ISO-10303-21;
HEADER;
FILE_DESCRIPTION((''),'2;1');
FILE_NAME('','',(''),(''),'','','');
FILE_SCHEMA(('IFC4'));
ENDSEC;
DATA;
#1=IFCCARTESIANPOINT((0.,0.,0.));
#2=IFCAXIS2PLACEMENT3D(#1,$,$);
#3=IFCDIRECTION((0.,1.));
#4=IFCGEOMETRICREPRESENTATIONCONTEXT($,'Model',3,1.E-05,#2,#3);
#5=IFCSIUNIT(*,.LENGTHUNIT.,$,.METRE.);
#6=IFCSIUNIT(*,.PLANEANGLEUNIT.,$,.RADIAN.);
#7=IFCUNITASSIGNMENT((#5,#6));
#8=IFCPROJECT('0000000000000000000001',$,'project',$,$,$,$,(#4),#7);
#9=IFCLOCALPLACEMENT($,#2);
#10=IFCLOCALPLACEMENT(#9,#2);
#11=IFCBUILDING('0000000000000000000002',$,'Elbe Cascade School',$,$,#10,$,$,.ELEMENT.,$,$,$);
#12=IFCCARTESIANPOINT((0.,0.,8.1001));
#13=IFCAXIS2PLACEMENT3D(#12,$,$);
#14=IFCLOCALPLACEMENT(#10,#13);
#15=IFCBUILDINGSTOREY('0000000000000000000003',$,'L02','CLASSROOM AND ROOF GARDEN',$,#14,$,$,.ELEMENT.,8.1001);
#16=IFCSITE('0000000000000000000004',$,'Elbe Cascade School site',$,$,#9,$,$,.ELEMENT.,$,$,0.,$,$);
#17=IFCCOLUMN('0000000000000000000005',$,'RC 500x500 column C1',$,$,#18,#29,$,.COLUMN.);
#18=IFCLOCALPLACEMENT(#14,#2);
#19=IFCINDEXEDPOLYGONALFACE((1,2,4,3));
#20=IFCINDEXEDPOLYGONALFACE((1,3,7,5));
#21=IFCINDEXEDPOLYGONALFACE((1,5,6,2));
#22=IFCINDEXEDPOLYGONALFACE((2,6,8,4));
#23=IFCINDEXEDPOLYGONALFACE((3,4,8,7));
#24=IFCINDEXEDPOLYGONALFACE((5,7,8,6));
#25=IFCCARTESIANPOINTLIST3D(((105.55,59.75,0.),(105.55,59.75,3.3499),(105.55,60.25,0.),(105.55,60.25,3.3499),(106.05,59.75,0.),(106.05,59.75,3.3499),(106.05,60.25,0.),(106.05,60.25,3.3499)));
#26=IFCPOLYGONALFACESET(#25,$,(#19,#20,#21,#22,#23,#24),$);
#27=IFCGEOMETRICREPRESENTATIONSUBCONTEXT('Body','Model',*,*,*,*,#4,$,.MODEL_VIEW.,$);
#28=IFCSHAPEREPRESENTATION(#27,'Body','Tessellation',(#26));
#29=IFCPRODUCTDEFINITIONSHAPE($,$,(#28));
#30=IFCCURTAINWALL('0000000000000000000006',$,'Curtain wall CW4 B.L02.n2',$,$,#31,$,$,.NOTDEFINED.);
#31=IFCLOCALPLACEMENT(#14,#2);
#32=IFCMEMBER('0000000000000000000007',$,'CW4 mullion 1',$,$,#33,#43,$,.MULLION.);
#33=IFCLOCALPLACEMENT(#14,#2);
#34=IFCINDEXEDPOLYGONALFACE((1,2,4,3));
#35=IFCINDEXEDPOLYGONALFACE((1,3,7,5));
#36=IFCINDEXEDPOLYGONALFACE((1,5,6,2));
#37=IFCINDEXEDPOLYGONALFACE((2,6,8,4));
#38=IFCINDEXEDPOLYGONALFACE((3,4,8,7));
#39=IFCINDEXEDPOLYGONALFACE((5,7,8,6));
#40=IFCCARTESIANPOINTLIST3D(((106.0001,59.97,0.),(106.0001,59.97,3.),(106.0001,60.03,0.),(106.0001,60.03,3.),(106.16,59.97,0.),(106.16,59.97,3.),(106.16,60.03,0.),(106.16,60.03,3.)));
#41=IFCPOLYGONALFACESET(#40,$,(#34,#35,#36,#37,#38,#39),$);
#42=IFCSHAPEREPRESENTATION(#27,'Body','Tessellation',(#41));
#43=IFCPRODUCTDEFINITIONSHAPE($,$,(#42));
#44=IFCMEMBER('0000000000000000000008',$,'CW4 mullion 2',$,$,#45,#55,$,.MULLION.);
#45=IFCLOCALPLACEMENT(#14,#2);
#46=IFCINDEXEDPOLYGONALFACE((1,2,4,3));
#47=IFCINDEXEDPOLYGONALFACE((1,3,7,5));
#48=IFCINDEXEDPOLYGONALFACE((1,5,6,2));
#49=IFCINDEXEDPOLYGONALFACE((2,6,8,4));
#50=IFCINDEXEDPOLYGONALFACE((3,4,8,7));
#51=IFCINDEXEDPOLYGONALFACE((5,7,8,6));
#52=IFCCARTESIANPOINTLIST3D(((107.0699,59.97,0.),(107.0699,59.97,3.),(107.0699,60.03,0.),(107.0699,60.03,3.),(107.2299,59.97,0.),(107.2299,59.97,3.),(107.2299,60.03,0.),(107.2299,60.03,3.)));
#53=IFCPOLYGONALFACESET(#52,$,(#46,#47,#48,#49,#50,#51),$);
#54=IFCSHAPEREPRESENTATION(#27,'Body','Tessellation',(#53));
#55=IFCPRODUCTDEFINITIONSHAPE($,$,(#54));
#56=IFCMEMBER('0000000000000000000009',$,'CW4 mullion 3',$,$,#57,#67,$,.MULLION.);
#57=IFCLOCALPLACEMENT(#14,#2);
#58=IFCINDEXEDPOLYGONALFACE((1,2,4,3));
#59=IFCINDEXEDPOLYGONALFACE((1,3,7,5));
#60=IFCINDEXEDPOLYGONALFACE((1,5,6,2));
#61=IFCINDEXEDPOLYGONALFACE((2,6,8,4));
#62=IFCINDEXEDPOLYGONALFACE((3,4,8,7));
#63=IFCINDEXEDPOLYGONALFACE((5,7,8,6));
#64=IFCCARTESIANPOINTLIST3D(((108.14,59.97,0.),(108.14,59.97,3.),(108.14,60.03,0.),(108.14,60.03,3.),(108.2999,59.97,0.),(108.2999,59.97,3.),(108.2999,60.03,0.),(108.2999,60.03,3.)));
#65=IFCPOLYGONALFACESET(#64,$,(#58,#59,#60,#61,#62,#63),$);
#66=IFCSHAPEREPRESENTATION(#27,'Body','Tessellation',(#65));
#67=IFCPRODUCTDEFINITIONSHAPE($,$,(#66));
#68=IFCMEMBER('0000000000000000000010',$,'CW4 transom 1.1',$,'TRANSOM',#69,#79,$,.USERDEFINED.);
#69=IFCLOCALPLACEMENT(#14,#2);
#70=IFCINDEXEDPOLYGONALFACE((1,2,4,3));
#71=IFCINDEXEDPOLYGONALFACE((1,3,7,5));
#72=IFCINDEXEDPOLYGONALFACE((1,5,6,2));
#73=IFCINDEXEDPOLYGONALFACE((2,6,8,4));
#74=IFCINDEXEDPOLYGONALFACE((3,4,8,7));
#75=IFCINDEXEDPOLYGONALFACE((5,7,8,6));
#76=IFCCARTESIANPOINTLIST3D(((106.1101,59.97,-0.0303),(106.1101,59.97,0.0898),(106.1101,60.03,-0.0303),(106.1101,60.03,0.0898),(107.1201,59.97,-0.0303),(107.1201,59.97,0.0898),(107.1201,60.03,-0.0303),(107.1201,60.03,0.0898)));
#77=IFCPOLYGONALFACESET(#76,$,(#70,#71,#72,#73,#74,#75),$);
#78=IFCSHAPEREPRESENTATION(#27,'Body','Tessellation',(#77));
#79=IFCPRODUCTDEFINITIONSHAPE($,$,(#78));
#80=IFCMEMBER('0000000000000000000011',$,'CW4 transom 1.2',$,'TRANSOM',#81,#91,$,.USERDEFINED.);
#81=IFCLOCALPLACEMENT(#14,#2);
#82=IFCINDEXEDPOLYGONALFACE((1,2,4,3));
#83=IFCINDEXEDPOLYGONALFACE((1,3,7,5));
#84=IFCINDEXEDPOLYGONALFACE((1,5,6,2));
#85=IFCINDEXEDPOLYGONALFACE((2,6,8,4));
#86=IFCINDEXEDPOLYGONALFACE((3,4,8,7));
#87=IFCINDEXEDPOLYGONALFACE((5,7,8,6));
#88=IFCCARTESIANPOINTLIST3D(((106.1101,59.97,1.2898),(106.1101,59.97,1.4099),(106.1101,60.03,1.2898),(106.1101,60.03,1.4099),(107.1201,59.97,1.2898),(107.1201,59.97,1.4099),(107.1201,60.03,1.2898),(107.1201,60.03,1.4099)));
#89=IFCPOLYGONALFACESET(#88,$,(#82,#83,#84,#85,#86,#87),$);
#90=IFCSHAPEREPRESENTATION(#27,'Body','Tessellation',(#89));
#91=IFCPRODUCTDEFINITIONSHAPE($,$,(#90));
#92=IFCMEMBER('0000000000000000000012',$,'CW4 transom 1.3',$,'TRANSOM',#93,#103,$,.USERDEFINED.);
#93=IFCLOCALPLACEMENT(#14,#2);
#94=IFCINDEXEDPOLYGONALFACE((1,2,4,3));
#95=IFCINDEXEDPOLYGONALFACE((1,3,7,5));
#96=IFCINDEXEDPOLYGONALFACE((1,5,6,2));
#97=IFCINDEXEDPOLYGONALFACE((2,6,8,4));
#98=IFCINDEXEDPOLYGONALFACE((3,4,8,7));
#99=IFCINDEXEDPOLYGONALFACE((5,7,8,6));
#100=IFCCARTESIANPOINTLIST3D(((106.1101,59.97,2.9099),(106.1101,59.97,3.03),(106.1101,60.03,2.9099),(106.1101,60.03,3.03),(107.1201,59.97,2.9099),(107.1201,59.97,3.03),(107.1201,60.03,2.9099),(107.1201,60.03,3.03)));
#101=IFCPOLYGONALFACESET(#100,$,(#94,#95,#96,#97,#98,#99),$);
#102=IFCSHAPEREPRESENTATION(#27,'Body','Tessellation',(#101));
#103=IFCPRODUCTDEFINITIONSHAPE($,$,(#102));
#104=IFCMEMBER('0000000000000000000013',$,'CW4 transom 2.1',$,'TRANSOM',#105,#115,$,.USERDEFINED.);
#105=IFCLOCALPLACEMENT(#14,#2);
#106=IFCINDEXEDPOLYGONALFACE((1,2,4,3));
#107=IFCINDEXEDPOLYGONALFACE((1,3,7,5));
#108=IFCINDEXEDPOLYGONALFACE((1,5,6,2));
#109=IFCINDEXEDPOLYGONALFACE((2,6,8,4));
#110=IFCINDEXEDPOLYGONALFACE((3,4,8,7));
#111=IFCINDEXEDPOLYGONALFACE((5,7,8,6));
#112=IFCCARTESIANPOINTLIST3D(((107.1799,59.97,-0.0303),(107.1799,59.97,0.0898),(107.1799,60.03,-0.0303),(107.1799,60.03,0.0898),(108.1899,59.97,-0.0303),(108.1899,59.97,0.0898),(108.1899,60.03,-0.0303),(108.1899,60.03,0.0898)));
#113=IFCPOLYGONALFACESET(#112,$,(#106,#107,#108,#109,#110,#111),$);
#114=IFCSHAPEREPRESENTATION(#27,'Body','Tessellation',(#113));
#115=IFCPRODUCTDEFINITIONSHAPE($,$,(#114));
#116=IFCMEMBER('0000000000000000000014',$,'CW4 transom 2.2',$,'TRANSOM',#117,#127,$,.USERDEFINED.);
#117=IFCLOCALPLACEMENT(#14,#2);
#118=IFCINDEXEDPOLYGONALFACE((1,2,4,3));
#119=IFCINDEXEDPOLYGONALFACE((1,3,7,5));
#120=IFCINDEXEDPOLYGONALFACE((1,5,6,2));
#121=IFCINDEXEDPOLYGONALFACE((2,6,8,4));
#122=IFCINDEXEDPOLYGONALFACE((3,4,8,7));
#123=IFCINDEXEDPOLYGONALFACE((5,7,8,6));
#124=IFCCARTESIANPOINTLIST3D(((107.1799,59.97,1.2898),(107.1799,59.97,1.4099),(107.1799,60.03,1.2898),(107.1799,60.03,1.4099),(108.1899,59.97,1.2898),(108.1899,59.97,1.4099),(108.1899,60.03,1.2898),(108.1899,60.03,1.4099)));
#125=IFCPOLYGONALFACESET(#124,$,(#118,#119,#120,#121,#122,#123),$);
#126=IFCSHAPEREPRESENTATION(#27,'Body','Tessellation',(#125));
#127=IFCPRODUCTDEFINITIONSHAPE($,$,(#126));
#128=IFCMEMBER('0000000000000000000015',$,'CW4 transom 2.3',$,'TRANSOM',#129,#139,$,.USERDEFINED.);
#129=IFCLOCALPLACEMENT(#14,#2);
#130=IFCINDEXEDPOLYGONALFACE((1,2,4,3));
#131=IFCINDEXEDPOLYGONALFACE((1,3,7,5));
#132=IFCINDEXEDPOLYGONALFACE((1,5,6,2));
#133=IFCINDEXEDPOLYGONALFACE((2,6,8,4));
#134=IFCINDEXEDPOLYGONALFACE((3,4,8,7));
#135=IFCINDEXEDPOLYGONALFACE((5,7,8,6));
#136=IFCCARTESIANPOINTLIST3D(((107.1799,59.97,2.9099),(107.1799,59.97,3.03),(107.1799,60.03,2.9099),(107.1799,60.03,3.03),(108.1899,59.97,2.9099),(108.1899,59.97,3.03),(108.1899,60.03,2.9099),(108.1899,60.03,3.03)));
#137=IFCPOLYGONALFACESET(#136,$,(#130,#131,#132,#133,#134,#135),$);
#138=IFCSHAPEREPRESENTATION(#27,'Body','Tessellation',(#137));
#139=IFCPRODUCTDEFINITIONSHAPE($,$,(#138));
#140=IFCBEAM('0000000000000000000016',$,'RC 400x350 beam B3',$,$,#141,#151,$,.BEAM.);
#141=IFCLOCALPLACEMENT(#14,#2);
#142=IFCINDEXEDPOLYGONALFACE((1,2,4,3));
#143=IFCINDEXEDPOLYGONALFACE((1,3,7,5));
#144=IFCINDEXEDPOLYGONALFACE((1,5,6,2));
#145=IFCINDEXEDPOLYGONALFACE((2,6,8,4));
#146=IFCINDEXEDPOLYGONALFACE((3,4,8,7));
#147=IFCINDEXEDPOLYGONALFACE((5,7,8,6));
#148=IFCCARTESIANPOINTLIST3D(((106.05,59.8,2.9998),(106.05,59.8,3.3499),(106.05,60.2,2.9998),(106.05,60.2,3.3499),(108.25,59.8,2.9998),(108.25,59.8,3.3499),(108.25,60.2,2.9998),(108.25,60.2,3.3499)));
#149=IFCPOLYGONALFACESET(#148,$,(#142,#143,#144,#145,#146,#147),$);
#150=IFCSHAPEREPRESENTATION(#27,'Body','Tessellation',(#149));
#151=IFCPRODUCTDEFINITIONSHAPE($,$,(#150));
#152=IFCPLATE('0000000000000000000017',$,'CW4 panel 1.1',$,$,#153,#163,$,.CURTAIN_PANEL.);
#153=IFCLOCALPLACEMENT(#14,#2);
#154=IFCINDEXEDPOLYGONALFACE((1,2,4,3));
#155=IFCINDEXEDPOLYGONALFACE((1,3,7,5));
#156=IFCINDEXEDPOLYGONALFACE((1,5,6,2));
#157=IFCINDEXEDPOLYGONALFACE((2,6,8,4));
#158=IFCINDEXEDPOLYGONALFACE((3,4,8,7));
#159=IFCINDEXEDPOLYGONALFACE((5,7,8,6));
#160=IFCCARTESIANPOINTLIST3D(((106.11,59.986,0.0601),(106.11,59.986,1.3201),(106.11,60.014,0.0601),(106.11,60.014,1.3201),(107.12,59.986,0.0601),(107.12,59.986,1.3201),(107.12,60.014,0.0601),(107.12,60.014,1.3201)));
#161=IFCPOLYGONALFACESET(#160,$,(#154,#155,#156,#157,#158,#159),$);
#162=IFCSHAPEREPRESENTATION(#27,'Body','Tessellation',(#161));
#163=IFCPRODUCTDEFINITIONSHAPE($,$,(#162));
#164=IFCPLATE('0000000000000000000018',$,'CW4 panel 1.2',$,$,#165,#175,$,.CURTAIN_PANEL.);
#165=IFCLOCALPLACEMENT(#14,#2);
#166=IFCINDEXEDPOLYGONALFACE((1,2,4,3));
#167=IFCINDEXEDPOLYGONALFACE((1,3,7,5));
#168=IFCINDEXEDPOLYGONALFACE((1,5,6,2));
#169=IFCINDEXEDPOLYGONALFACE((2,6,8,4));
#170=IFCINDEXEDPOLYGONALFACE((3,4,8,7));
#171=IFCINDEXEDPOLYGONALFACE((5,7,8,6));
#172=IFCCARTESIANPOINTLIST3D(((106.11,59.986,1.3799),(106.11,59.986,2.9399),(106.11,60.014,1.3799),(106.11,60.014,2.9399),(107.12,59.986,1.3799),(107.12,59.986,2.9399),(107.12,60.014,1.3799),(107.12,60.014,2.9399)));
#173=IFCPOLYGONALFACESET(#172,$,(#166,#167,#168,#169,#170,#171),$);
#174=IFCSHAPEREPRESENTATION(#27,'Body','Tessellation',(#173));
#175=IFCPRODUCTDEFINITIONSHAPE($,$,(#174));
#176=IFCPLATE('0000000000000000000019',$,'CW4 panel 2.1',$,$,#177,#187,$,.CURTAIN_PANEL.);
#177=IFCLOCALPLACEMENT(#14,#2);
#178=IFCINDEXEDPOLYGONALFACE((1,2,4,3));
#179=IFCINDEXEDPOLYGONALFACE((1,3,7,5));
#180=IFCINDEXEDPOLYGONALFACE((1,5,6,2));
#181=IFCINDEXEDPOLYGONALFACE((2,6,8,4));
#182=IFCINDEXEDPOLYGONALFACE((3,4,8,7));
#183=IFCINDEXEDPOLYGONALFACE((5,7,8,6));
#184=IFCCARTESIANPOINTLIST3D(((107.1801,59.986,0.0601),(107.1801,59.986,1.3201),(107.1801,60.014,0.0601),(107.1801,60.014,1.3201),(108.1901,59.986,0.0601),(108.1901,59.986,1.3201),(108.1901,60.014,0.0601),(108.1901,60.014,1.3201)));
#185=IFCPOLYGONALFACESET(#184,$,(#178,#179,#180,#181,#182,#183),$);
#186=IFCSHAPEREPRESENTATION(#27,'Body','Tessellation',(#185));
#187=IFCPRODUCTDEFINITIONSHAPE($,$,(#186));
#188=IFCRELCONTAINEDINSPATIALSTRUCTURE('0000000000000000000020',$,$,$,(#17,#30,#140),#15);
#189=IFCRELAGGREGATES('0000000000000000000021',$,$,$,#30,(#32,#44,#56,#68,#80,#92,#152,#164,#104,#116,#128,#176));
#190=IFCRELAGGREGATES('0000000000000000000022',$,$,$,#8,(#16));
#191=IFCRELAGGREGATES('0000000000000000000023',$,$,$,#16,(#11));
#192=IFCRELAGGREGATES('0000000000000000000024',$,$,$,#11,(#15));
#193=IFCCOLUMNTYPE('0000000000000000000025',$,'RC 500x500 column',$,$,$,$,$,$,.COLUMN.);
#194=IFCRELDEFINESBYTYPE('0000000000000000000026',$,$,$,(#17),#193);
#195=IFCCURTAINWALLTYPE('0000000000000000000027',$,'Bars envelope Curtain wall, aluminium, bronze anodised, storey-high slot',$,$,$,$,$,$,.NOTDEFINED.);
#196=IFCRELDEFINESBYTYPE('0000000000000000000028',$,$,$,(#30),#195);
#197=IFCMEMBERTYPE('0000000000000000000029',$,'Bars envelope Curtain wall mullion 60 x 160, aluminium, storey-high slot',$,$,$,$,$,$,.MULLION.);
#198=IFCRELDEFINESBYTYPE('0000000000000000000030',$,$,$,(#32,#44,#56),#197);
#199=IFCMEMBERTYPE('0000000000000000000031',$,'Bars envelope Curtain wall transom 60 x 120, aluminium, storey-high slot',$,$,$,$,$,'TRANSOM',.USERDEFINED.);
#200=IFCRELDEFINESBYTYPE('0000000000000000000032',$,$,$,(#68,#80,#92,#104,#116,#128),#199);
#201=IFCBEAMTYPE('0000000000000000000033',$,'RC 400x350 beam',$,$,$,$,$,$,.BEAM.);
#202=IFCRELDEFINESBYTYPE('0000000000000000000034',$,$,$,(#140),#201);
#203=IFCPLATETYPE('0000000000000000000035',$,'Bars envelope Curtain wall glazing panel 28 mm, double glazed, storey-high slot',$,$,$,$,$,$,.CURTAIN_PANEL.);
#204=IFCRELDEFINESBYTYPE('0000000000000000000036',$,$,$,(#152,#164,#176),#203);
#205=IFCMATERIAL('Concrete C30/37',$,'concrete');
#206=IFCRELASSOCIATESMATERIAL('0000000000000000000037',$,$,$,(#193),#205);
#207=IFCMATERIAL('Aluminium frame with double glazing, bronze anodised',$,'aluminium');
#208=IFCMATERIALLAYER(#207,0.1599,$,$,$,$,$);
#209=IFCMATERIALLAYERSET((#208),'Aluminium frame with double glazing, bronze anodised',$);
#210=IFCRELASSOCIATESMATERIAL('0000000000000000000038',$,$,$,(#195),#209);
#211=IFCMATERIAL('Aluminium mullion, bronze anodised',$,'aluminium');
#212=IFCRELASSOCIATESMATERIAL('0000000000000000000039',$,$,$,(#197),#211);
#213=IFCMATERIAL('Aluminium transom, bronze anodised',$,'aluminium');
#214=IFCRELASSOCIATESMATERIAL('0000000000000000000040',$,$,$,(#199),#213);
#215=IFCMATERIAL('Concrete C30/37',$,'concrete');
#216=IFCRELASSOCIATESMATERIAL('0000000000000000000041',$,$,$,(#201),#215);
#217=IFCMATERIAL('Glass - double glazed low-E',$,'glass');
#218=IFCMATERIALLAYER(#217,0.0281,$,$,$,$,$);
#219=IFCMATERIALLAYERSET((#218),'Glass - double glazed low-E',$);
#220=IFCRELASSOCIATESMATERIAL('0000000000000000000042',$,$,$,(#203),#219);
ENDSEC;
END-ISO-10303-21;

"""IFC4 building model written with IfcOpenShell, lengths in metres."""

from ifc_helpers import new_model, si_unit, direction, frame, origin, origin_2d, place, context, subcontext, project, spatial, rectangle, extrude, material, layer, layer_set, material_profile, profile_set, type_object, element, aggregate, save


model = new_model("IFC4")

# Units and contexts
model_context = context("Model", 3, precision=1e-05, world=origin(), true_north=direction((0.0, 1.0)))
body_context = subcontext(model_context, "Body", "Model", "MODEL_VIEW")
ifc_project = project(units=[si_unit("LENGTHUNIT", "METRE"), si_unit("PLANEANGLEUNIT", "RADIAN")], contexts=[model_context])

# Site, building, storey
site_placement = place(None, origin())
site = spatial("IfcSite", under=ifc_project, at=site_placement, Name="Elbe Cascade School site", CompositionType="ELEMENT", RefElevation=0.0)
building_placement = place(site_placement, origin())
building = spatial("IfcBuilding", under=site, at=building_placement, Name="Elbe Cascade School", CompositionType="ELEMENT")
storey_placement = place(building_placement, frame((0.0, 0.0, 8.1001)))
storey = spatial("IfcBuildingStorey", under=building, at=storey_placement, Name="L02", Description="CLASSROOM AND ROOF GARDEN", CompositionType="ELEMENT", Elevation=8.1001)

# Column
ifc_material_1 = material(Name="Concrete C30/37", Category="concrete")
ifc_material_profile_1 = material_profile(ifc_material_1, rectangle(XDim=0.5, YDim=0.5, at=origin_2d()), Name="RC 500x500")
ifc_profile_set_1 = profile_set([ifc_material_profile_1], Name="Concrete C30/37")
column_type = type_object("IfcColumnType", Name="RC 500x500 column", PredefinedType="COLUMN", material=ifc_profile_set_1)
column_placement = place(storey_placement, frame((105.8, 60.0, 0.0), z_axis=(0.0, 0.0, 1.0), x_axis=(1.0, 0.0, 0.0)))
element("IfcColumn", 1, at=column_placement, inside=storey, type_object=column_type, Name="RC 500x500 column C1", PredefinedType="COLUMN", context=body_context, shape_type="SweptSolid", body=[
    extrude(rectangle(XDim=0.5, YDim=0.5, at=origin_2d()), origin(), (0.0, 0.0, 1.0), 3.3499),
])

# Curtain wall, members
ifc_material_2 = material(Name="Aluminium frame with double glazing, bronze anodised", Category="aluminium")
ifc_layer_1 = layer(ifc_material_2, 0.1599)
ifc_layer_set_1 = layer_set([ifc_layer_1], Name="Aluminium frame with double glazing, bronze anodised")
curtain_wall_type = type_object("IfcCurtainWallType", Name="Bars envelope Curtain wall, aluminium, bronze anodised, storey-high slot", PredefinedType="NOTDEFINED", material=ifc_layer_set_1)
curtain_wall_placement = place(storey_placement, origin())
curtain_wall = element("IfcCurtainWall", 2, at=curtain_wall_placement, inside=storey, type_object=curtain_wall_type, Name="Curtain wall CW4 B.L02.n2", PredefinedType="NOTDEFINED")
ifc_material_3 = material(Name="Aluminium mullion, bronze anodised", Category="aluminium")
ifc_material_profile_2 = material_profile(ifc_material_3, rectangle(XDim=0.0601, YDim=0.1599, at=origin_2d()), Name="Bars envelope Curtain wall mullion 60 x 160, aluminium, storey-high slot")
ifc_profile_set_2 = profile_set([ifc_material_profile_2], Name="Aluminium mullion, bronze anodised")
member_type_1 = type_object("IfcMemberType", Name="Bars envelope Curtain wall mullion 60 x 160, aluminium, storey-high slot", PredefinedType="MULLION", material=ifc_profile_set_2)
member_1_placement = place(storey_placement, frame((106.0801, 60.0, 0.0), z_axis=(0.0, 0.0, 1.0), x_axis=(0.0, 1.0, 0.0)))
member_1 = element("IfcMember", 3, at=member_1_placement, type_object=member_type_1, Name="CW4 mullion 1", PredefinedType="MULLION", context=body_context, shape_type="SweptSolid", body=[
    extrude(rectangle(XDim=0.0601, YDim=0.1599, at=origin_2d()), origin(), (0.0, 0.0, 1.0), 3.0),
])
member_2_placement = place(storey_placement, frame((107.1499, 60.0, 0.0), z_axis=(0.0, 0.0, 1.0), x_axis=(0.0, 1.0, 0.0)))
member_2 = element("IfcMember", 4, at=member_2_placement, type_object=member_type_1, Name="CW4 mullion 2", PredefinedType="MULLION", context=body_context, shape_type="SweptSolid", body=[
    extrude(rectangle(XDim=0.0601, YDim=0.1599, at=origin_2d()), origin(), (0.0, 0.0, 1.0), 3.0),
])
member_3_placement = place(storey_placement, frame((108.22, 60.0, 0.0), z_axis=(0.0, 0.0, 1.0), x_axis=(0.0, 1.0, 0.0)))
member_3 = element("IfcMember", 5, at=member_3_placement, type_object=member_type_1, Name="CW4 mullion 3", PredefinedType="MULLION", context=body_context, shape_type="SweptSolid", body=[
    extrude(rectangle(XDim=0.0601, YDim=0.1599, at=origin_2d()), origin(), (0.0, 0.0, 1.0), 3.0),
])
ifc_material_4 = material(Name="Aluminium transom, bronze anodised", Category="aluminium")
ifc_material_profile_3 = material_profile(ifc_material_4, rectangle(XDim=0.0601, YDim=0.1201, at=origin_2d()), Name="Bars envelope Curtain wall transom 60 x 120, aluminium, storey-high slot")
ifc_profile_set_3 = profile_set([ifc_material_profile_3], Name="Aluminium transom, bronze anodised")
member_type_2 = type_object("IfcMemberType", Name="Bars envelope Curtain wall transom 60 x 120, aluminium, storey-high slot", ElementType="TRANSOM", PredefinedType="USERDEFINED", material=ifc_profile_set_3)
member_4_placement = place(storey_placement, frame((106.1101, 60.0, 0.0298), z_axis=(1.0, 0.0, 0.0), x_axis=(0.0, 1.0, 0.0)))
member_4 = element("IfcMember", 6, at=member_4_placement, type_object=member_type_2, Name="CW4 transom 1.1", ObjectType="TRANSOM", PredefinedType="USERDEFINED", context=body_context, shape_type="SweptSolid", body=[
    extrude(rectangle(XDim=0.0601, YDim=0.1201, at=origin_2d()), origin(), (0.0, 0.0, 1.0), 1.01),
])
member_5_placement = place(storey_placement, frame((106.1101, 60.0, 1.3499), z_axis=(1.0, 0.0, 0.0), x_axis=(0.0, 1.0, 0.0)))
member_5 = element("IfcMember", 7, at=member_5_placement, type_object=member_type_2, Name="CW4 transom 1.2", ObjectType="TRANSOM", PredefinedType="USERDEFINED", context=body_context, shape_type="SweptSolid", body=[
    extrude(rectangle(XDim=0.0601, YDim=0.1201, at=origin_2d()), origin(), (0.0, 0.0, 1.0), 1.01),
])
member_6_placement = place(storey_placement, frame((106.1101, 60.0, 2.97), z_axis=(1.0, 0.0, 0.0), x_axis=(0.0, 1.0, 0.0)))
member_6 = element("IfcMember", 8, at=member_6_placement, type_object=member_type_2, Name="CW4 transom 1.3", ObjectType="TRANSOM", PredefinedType="USERDEFINED", context=body_context, shape_type="SweptSolid", body=[
    extrude(rectangle(XDim=0.0601, YDim=0.1201, at=origin_2d()), origin(), (0.0, 0.0, 1.0), 1.01),
])
member_7_placement = place(storey_placement, frame((107.1799, 60.0, 0.0298), z_axis=(1.0, 0.0, 0.0), x_axis=(0.0, 1.0, 0.0)))
member_7 = element("IfcMember", 9, at=member_7_placement, type_object=member_type_2, Name="CW4 transom 2.1", ObjectType="TRANSOM", PredefinedType="USERDEFINED", context=body_context, shape_type="SweptSolid", body=[
    extrude(rectangle(XDim=0.0601, YDim=0.1201, at=origin_2d()), origin(), (0.0, 0.0, 1.0), 1.01),
])
member_8_placement = place(storey_placement, frame((107.1799, 60.0, 1.3499), z_axis=(1.0, 0.0, 0.0), x_axis=(0.0, 1.0, 0.0)))
member_8 = element("IfcMember", 10, at=member_8_placement, type_object=member_type_2, Name="CW4 transom 2.2", ObjectType="TRANSOM", PredefinedType="USERDEFINED", context=body_context, shape_type="SweptSolid", body=[
    extrude(rectangle(XDim=0.0601, YDim=0.1201, at=origin_2d()), origin(), (0.0, 0.0, 1.0), 1.01),
])
member_9_placement = place(storey_placement, frame((107.1799, 60.0, 2.97), z_axis=(1.0, 0.0, 0.0), x_axis=(0.0, 1.0, 0.0)))
member_9 = element("IfcMember", 11, at=member_9_placement, type_object=member_type_2, Name="CW4 transom 2.3", ObjectType="TRANSOM", PredefinedType="USERDEFINED", context=body_context, shape_type="SweptSolid", body=[
    extrude(rectangle(XDim=0.0601, YDim=0.1201, at=origin_2d()), origin(), (0.0, 0.0, 1.0), 1.01),
])

# Beam
ifc_material_5 = material(Name="Concrete C30/37", Category="concrete")
ifc_material_profile_4 = material_profile(ifc_material_5, rectangle(XDim=0.3999, YDim=0.3501, at=origin_2d()), Name="RC 400x350")
ifc_profile_set_4 = profile_set([ifc_material_profile_4], Name="Concrete C30/37")
beam_type = type_object("IfcBeamType", Name="RC 400x350 beam", PredefinedType="BEAM", material=ifc_profile_set_4)
beam_placement = place(storey_placement, frame((106.05, 60.0, 3.1748), z_axis=(1.0, 0.0, 0.0), x_axis=(0.0, 1.0, 0.0)))
element("IfcBeam", 12, at=beam_placement, inside=storey, type_object=beam_type, Name="RC 400x350 beam B3", PredefinedType="BEAM", context=body_context, shape_type="SweptSolid", body=[
    extrude(rectangle(XDim=0.3999, YDim=0.3501, at=origin_2d()), origin(), (0.0, 0.0, 1.0), 2.2),
])

# Plates
ifc_material_6 = material(Name="Glass - double glazed low-E", Category="glass")
ifc_layer_2 = layer(ifc_material_6, 0.0281)
ifc_layer_set_2 = layer_set([ifc_layer_2], Name="Glass - double glazed low-E")
plate_type = type_object("IfcPlateType", Name="Bars envelope Curtain wall glazing panel 28 mm, double glazed, storey-high slot", PredefinedType="CURTAIN_PANEL", material=ifc_layer_set_2)
plate_1_placement = place(storey_placement, frame((106.615, 60.0, 0.0601), z_axis=(0.0, 0.0, 1.0), x_axis=(1.0, 0.0, 0.0)))
plate_1 = element("IfcPlate", 13, at=plate_1_placement, type_object=plate_type, Name="CW4 panel 1.1", PredefinedType="CURTAIN_PANEL", context=body_context, shape_type="SweptSolid", body=[
    extrude(rectangle(XDim=1.01, YDim=0.0281, at=origin_2d()), origin(), (0.0, 0.0, 1.0), 1.26),
])
plate_2_placement = place(storey_placement, frame((106.615, 60.0, 1.3799), z_axis=(0.0, 0.0, 1.0), x_axis=(1.0, 0.0, 0.0)))
plate_2 = element("IfcPlate", 14, at=plate_2_placement, type_object=plate_type, Name="CW4 panel 1.2", PredefinedType="CURTAIN_PANEL", context=body_context, shape_type="SweptSolid", body=[
    extrude(rectangle(XDim=1.01, YDim=0.0281, at=origin_2d()), origin(), (0.0, 0.0, 1.0), 1.5601),
])
plate_3_placement = place(storey_placement, frame((107.6851, 60.0, 0.0601), z_axis=(0.0, 0.0, 1.0), x_axis=(1.0, 0.0, 0.0)))
plate_3 = element("IfcPlate", 15, at=plate_3_placement, type_object=plate_type, Name="CW4 panel 2.1", PredefinedType="CURTAIN_PANEL", context=body_context, shape_type="SweptSolid", body=[
    extrude(rectangle(XDim=1.01, YDim=0.0281, at=origin_2d()), origin(), (0.0, 0.0, 1.0), 1.26),
])
aggregate(curtain_wall, [member_1, member_2, member_3, member_4, member_5, member_6, plate_1, plate_2, member_7, member_8, member_9, plate_3])

save(model, "model.ifc")
